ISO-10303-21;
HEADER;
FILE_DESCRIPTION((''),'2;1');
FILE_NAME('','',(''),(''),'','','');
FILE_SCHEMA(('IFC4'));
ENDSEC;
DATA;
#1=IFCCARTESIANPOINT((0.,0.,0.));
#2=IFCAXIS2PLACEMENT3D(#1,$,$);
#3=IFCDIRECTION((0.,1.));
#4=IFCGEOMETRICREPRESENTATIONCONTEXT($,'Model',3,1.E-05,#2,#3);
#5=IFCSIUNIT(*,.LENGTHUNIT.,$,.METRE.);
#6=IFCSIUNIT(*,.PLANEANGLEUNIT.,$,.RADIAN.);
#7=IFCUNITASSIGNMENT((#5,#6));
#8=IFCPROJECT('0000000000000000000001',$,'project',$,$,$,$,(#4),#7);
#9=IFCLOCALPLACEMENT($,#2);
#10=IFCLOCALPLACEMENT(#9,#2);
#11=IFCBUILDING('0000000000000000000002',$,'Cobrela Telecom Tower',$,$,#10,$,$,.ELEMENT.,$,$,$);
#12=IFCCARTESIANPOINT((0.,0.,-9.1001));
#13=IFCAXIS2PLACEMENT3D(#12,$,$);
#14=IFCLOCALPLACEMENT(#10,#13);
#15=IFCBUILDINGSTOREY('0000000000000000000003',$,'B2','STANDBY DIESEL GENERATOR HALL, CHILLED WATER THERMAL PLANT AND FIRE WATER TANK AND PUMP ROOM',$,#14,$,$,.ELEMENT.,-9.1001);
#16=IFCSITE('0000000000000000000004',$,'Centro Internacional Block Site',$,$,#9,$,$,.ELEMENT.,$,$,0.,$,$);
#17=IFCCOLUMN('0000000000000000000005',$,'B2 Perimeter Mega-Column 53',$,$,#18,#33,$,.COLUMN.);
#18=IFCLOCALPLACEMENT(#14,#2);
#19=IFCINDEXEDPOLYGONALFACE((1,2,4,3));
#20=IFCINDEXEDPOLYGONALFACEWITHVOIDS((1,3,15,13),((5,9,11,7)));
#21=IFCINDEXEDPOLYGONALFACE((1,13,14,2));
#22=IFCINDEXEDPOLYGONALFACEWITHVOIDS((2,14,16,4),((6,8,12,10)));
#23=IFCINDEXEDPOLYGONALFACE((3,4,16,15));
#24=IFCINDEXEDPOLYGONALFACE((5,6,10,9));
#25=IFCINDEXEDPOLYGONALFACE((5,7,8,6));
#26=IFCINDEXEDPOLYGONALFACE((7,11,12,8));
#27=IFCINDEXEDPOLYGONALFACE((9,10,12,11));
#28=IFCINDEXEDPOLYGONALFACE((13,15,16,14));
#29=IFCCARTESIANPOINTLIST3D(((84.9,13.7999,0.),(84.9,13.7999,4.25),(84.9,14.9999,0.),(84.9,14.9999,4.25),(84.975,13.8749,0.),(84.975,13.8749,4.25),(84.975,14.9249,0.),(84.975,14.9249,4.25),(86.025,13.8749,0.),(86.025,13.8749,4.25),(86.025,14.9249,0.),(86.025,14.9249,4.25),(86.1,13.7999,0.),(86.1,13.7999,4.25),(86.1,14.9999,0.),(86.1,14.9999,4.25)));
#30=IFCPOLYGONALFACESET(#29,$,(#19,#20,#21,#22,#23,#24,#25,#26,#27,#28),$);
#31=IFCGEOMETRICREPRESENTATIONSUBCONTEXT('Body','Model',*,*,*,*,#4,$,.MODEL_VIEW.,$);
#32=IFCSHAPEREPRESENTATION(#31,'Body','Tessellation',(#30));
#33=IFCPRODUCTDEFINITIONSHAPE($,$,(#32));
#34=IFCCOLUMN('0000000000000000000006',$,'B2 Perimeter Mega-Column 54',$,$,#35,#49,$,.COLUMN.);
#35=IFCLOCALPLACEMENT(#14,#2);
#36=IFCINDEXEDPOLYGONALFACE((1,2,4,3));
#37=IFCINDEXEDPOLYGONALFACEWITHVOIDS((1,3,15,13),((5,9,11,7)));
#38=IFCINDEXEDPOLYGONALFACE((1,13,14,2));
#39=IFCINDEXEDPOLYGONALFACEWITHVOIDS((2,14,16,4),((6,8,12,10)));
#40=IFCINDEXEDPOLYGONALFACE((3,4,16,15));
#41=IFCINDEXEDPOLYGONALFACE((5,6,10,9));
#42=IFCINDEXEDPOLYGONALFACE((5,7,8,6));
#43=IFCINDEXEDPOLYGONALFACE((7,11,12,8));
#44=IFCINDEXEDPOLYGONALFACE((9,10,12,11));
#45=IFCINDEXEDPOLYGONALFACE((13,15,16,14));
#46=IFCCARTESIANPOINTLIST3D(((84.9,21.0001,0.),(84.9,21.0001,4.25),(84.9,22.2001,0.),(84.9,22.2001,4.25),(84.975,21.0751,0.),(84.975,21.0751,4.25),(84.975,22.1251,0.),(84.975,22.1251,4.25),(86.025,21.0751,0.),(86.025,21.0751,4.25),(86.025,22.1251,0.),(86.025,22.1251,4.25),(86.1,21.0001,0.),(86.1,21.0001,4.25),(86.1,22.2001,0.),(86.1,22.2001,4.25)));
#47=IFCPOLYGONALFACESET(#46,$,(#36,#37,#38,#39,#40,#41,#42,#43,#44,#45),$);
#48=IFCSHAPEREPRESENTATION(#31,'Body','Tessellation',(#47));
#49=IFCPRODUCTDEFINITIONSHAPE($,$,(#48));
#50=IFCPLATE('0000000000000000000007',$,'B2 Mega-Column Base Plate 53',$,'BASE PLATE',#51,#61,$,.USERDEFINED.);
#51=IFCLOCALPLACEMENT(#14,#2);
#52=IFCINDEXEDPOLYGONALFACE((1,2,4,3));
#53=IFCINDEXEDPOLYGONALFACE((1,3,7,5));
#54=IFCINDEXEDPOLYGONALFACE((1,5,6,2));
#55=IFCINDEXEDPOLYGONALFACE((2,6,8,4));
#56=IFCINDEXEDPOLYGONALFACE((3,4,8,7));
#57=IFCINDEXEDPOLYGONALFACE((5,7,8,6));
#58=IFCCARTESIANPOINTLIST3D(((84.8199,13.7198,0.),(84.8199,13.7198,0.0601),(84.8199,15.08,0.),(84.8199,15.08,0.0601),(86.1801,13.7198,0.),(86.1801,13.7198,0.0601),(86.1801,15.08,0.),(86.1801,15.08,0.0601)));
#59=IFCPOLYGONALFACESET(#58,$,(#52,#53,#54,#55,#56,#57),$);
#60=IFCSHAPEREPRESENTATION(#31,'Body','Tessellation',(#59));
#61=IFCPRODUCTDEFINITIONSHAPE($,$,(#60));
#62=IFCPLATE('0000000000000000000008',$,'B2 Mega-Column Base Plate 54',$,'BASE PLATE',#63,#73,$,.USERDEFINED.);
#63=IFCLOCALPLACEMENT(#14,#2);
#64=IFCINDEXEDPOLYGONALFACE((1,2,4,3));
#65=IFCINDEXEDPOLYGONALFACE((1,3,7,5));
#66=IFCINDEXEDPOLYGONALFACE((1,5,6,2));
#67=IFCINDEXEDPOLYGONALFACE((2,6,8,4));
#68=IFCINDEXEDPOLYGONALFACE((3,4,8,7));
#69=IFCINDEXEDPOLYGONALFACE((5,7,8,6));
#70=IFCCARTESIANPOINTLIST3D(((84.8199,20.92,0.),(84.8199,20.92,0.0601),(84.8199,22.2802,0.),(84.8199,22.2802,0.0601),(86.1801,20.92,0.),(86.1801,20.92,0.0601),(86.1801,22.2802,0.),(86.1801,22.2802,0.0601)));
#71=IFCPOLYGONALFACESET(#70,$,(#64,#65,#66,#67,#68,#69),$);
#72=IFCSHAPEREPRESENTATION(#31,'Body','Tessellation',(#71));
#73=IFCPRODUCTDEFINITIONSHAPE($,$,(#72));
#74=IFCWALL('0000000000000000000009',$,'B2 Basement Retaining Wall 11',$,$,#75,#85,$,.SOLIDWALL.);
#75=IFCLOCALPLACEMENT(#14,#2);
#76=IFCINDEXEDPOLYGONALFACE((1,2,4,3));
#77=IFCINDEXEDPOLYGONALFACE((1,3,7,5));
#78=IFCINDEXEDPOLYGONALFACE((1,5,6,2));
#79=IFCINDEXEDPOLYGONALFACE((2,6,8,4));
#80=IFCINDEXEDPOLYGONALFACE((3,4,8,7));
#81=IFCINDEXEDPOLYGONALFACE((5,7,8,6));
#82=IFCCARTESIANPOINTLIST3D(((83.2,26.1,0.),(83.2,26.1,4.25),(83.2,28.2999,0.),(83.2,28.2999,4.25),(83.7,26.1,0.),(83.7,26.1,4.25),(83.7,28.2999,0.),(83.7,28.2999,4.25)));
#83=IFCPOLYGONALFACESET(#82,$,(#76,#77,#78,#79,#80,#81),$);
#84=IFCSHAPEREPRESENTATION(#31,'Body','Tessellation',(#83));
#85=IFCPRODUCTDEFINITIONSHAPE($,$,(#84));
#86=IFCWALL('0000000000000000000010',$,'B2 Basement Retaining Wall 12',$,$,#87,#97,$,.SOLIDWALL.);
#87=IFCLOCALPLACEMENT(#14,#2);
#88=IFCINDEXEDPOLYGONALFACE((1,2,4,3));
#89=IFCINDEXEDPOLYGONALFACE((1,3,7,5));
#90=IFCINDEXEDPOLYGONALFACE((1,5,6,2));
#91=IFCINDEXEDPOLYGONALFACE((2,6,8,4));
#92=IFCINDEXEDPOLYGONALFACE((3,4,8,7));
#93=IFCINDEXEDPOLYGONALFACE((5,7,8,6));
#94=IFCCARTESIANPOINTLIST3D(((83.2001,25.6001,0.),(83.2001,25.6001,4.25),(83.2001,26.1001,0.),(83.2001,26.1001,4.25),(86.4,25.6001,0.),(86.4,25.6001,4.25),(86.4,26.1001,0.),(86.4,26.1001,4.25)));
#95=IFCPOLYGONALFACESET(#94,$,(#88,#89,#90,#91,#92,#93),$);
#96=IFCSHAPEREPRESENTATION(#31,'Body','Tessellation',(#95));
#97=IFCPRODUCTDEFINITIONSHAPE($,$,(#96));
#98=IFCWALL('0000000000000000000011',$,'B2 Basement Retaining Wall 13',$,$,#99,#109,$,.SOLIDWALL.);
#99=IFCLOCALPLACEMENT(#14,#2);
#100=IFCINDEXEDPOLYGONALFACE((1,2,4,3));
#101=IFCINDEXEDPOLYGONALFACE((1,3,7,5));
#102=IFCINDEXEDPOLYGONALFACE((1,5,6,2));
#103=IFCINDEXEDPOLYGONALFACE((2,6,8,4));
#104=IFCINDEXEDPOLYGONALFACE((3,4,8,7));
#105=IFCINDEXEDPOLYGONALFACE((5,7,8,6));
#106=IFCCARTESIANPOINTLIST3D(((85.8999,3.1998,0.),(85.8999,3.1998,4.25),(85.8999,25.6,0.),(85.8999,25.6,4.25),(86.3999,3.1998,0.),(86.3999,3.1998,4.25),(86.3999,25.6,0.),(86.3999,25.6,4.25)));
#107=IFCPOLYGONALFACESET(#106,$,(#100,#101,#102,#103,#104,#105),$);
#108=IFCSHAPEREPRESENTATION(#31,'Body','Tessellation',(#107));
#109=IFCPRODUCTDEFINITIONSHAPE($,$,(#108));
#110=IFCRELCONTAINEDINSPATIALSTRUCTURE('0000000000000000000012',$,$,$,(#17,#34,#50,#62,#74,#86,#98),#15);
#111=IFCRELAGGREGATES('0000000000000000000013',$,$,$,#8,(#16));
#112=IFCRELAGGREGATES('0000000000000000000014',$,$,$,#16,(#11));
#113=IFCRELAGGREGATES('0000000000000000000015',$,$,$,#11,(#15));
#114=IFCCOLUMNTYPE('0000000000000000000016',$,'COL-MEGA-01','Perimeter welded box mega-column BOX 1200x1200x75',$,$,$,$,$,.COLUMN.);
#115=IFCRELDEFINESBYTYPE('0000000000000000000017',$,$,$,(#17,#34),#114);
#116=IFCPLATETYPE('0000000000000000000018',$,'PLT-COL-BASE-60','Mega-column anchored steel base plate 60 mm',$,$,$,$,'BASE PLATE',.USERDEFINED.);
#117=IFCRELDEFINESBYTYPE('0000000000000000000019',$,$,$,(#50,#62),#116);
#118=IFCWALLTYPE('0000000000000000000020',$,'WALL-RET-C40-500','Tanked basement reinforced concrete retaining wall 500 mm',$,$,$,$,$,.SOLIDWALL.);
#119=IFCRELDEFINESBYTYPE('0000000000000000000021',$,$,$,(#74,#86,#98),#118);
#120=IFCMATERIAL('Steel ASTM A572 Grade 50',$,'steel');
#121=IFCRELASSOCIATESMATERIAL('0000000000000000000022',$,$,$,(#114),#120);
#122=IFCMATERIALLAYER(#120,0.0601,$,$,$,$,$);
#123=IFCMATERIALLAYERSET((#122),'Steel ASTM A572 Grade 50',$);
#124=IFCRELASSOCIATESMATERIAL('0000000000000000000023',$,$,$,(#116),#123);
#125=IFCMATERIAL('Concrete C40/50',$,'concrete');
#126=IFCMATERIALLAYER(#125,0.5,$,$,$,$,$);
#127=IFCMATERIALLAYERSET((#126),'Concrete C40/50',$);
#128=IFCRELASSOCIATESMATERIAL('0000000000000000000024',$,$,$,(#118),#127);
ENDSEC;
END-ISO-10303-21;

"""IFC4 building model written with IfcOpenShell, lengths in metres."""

from ifc_helpers import new_model, si_unit, direction, frame, frame_2d, origin, origin_2d, place, context, subcontext, project, spatial, rectangle, hollow_rectangle, extrude, material, layer, layer_set, material_profile, profile_set, type_object, element, save


model = new_model("IFC4")

# Units and contexts
model_context = context("Model", 3, precision=1e-05, world=origin(), true_north=direction((0.0, 1.0)))
body_context = subcontext(model_context, "Body", "Model", "MODEL_VIEW")
ifc_project = project(units=[si_unit("LENGTHUNIT", "METRE"), si_unit("PLANEANGLEUNIT", "RADIAN")], contexts=[model_context])

# Site, building, storey
site_placement = place(None, origin())
site = spatial("IfcSite", under=ifc_project, at=site_placement, Name="Centro Internacional Block Site", CompositionType="ELEMENT", RefElevation=0.0)
building_placement = place(site_placement, origin())
building = spatial("IfcBuilding", under=site, at=building_placement, Name="Cobrela Telecom Tower", CompositionType="ELEMENT")
storey_placement = place(building_placement, frame((0.0, 0.0, -9.1001)))
storey = spatial("IfcBuildingStorey", under=building, at=storey_placement, Name="B2", Description="STANDBY DIESEL GENERATOR HALL, CHILLED WATER THERMAL PLANT AND FIRE WATER TANK AND PUMP ROOM", CompositionType="ELEMENT", Elevation=-9.1001)

# Shared definitions
ifc_material_1 = material(Name="Concrete C40/50", Category="concrete")

# Columns
ifc_material_2 = material(Name="Steel ASTM A572 Grade 50", Category="steel")
ifc_material_profile_1 = material_profile(ifc_material_2, hollow_rectangle(XDim=1.2, YDim=1.2, WallThickness=0.075, at=origin_2d()), Name="BOX 1200x1200x75")
ifc_profile_set_1 = profile_set([ifc_material_profile_1], Name="Steel ASTM A572 Grade 50")
column_type_1 = type_object("IfcColumnType", Name="COL-MEGA-01", Description="Perimeter welded box mega-column BOX 1200x1200x75", PredefinedType="COLUMN", material=ifc_profile_set_1)
for number, where, z_axis, x_axis, name in (
    (1, (85.5, 14.3999, 0.0), (0.0, 0.0, 1.0), (1.0, 0.0, 0.0), "B2 Perimeter Mega-Column 53"),
    (2, (85.5, 21.6001, 0.0), (0.0, 0.0, 1.0), (1.0, 0.0, 0.0), "B2 Perimeter Mega-Column 54"),
):
    element("IfcColumn", number, at=place(storey_placement, frame(where, z_axis=z_axis, x_axis=x_axis)), inside=storey, type_object=column_type_1, Name=name, PredefinedType="COLUMN", context=body_context, shape_type="SweptSolid", body=[
        extrude(hollow_rectangle(XDim=1.2, YDim=1.2, WallThickness=0.075, at=origin_2d()), origin(), (0.0, 0.0, 1.0), 4.25),
    ])

# Plates
ifc_layer_1 = layer(ifc_material_2, 0.0601)
ifc_layer_set_1 = layer_set([ifc_layer_1], Name="Steel ASTM A572 Grade 50")
plate_type = type_object("IfcPlateType", Name="PLT-COL-BASE-60", Description="Mega-column anchored steel base plate 60 mm", ElementType="BASE PLATE", PredefinedType="USERDEFINED", material=ifc_layer_set_1)
for number, where, z_axis, x_axis, name in (
    (3, (85.5, 14.3999, 0.0), (0.0, 0.0, 1.0), (1.0, 0.0, 0.0), "B2 Mega-Column Base Plate 53"),
    (4, (85.5, 21.6001, 0.0), (0.0, 0.0, 1.0), (1.0, 0.0, 0.0), "B2 Mega-Column Base Plate 54"),
):
    element("IfcPlate", number, at=place(storey_placement, frame(where, z_axis=z_axis, x_axis=x_axis)), inside=storey, type_object=plate_type, Name=name, ObjectType="BASE PLATE", PredefinedType="USERDEFINED", context=body_context, shape_type="SweptSolid", body=[
        extrude(rectangle(XDim=1.3601, YDim=1.3601, at=origin_2d()), origin(), (0.0, 0.0, 1.0), 0.0601),
    ])

# Walls
ifc_layer_2 = layer(ifc_material_1, 0.5)
ifc_layer_set_2 = layer_set([ifc_layer_2], Name="Concrete C40/50")
wall_type = type_object("IfcWallType", Name="WALL-RET-C40-500", Description="Tanked basement reinforced concrete retaining wall 500 mm", PredefinedType="SOLIDWALL", material=ifc_layer_set_2)
wall_1_placement = place(storey_placement, frame((83.45, 28.3, 0.0), z_axis=(0.0, 0.0, 1.0), x_axis=(0.0, -1.0, 0.0)))
element("IfcWall", 5, at=wall_1_placement, inside=storey, type_object=wall_type, Name="B2 Basement Retaining Wall 11", PredefinedType="SOLIDWALL", context=body_context, shape_type="SweptSolid", body=[
    extrude(rectangle(XDim=2.2, YDim=0.5, at=frame_2d((1.1001, 0.0))), origin(), (0.0, 0.0, 1.0), 4.25),
])
wall_2_placement = place(storey_placement, frame((83.2, 25.8501, 0.0), z_axis=(0.0, 0.0, 1.0), x_axis=(1.0, 0.0, 0.0)))
element("IfcWall", 6, at=wall_2_placement, inside=storey, type_object=wall_type, Name="B2 Basement Retaining Wall 12", PredefinedType="SOLIDWALL", context=body_context, shape_type="SweptSolid", body=[
    extrude(rectangle(XDim=3.2, YDim=0.5, at=frame_2d((1.6001, 0.0))), origin(), (0.0, 0.0, 1.0), 4.25),
])
wall_3_placement = place(storey_placement, frame((86.1499, 25.6001, 0.0), z_axis=(0.0, 0.0, 1.0), x_axis=(0.0, -1.0, 0.0)))
element("IfcWall", 7, at=wall_3_placement, inside=storey, type_object=wall_type, Name="B2 Basement Retaining Wall 13", PredefinedType="SOLIDWALL", context=body_context, shape_type="SweptSolid", body=[
    extrude(rectangle(XDim=22.4001, YDim=0.5, at=frame_2d((11.2002, 0.0))), origin(), (0.0, 0.0, 1.0), 4.25),
])

save(model, "model.ifc")
